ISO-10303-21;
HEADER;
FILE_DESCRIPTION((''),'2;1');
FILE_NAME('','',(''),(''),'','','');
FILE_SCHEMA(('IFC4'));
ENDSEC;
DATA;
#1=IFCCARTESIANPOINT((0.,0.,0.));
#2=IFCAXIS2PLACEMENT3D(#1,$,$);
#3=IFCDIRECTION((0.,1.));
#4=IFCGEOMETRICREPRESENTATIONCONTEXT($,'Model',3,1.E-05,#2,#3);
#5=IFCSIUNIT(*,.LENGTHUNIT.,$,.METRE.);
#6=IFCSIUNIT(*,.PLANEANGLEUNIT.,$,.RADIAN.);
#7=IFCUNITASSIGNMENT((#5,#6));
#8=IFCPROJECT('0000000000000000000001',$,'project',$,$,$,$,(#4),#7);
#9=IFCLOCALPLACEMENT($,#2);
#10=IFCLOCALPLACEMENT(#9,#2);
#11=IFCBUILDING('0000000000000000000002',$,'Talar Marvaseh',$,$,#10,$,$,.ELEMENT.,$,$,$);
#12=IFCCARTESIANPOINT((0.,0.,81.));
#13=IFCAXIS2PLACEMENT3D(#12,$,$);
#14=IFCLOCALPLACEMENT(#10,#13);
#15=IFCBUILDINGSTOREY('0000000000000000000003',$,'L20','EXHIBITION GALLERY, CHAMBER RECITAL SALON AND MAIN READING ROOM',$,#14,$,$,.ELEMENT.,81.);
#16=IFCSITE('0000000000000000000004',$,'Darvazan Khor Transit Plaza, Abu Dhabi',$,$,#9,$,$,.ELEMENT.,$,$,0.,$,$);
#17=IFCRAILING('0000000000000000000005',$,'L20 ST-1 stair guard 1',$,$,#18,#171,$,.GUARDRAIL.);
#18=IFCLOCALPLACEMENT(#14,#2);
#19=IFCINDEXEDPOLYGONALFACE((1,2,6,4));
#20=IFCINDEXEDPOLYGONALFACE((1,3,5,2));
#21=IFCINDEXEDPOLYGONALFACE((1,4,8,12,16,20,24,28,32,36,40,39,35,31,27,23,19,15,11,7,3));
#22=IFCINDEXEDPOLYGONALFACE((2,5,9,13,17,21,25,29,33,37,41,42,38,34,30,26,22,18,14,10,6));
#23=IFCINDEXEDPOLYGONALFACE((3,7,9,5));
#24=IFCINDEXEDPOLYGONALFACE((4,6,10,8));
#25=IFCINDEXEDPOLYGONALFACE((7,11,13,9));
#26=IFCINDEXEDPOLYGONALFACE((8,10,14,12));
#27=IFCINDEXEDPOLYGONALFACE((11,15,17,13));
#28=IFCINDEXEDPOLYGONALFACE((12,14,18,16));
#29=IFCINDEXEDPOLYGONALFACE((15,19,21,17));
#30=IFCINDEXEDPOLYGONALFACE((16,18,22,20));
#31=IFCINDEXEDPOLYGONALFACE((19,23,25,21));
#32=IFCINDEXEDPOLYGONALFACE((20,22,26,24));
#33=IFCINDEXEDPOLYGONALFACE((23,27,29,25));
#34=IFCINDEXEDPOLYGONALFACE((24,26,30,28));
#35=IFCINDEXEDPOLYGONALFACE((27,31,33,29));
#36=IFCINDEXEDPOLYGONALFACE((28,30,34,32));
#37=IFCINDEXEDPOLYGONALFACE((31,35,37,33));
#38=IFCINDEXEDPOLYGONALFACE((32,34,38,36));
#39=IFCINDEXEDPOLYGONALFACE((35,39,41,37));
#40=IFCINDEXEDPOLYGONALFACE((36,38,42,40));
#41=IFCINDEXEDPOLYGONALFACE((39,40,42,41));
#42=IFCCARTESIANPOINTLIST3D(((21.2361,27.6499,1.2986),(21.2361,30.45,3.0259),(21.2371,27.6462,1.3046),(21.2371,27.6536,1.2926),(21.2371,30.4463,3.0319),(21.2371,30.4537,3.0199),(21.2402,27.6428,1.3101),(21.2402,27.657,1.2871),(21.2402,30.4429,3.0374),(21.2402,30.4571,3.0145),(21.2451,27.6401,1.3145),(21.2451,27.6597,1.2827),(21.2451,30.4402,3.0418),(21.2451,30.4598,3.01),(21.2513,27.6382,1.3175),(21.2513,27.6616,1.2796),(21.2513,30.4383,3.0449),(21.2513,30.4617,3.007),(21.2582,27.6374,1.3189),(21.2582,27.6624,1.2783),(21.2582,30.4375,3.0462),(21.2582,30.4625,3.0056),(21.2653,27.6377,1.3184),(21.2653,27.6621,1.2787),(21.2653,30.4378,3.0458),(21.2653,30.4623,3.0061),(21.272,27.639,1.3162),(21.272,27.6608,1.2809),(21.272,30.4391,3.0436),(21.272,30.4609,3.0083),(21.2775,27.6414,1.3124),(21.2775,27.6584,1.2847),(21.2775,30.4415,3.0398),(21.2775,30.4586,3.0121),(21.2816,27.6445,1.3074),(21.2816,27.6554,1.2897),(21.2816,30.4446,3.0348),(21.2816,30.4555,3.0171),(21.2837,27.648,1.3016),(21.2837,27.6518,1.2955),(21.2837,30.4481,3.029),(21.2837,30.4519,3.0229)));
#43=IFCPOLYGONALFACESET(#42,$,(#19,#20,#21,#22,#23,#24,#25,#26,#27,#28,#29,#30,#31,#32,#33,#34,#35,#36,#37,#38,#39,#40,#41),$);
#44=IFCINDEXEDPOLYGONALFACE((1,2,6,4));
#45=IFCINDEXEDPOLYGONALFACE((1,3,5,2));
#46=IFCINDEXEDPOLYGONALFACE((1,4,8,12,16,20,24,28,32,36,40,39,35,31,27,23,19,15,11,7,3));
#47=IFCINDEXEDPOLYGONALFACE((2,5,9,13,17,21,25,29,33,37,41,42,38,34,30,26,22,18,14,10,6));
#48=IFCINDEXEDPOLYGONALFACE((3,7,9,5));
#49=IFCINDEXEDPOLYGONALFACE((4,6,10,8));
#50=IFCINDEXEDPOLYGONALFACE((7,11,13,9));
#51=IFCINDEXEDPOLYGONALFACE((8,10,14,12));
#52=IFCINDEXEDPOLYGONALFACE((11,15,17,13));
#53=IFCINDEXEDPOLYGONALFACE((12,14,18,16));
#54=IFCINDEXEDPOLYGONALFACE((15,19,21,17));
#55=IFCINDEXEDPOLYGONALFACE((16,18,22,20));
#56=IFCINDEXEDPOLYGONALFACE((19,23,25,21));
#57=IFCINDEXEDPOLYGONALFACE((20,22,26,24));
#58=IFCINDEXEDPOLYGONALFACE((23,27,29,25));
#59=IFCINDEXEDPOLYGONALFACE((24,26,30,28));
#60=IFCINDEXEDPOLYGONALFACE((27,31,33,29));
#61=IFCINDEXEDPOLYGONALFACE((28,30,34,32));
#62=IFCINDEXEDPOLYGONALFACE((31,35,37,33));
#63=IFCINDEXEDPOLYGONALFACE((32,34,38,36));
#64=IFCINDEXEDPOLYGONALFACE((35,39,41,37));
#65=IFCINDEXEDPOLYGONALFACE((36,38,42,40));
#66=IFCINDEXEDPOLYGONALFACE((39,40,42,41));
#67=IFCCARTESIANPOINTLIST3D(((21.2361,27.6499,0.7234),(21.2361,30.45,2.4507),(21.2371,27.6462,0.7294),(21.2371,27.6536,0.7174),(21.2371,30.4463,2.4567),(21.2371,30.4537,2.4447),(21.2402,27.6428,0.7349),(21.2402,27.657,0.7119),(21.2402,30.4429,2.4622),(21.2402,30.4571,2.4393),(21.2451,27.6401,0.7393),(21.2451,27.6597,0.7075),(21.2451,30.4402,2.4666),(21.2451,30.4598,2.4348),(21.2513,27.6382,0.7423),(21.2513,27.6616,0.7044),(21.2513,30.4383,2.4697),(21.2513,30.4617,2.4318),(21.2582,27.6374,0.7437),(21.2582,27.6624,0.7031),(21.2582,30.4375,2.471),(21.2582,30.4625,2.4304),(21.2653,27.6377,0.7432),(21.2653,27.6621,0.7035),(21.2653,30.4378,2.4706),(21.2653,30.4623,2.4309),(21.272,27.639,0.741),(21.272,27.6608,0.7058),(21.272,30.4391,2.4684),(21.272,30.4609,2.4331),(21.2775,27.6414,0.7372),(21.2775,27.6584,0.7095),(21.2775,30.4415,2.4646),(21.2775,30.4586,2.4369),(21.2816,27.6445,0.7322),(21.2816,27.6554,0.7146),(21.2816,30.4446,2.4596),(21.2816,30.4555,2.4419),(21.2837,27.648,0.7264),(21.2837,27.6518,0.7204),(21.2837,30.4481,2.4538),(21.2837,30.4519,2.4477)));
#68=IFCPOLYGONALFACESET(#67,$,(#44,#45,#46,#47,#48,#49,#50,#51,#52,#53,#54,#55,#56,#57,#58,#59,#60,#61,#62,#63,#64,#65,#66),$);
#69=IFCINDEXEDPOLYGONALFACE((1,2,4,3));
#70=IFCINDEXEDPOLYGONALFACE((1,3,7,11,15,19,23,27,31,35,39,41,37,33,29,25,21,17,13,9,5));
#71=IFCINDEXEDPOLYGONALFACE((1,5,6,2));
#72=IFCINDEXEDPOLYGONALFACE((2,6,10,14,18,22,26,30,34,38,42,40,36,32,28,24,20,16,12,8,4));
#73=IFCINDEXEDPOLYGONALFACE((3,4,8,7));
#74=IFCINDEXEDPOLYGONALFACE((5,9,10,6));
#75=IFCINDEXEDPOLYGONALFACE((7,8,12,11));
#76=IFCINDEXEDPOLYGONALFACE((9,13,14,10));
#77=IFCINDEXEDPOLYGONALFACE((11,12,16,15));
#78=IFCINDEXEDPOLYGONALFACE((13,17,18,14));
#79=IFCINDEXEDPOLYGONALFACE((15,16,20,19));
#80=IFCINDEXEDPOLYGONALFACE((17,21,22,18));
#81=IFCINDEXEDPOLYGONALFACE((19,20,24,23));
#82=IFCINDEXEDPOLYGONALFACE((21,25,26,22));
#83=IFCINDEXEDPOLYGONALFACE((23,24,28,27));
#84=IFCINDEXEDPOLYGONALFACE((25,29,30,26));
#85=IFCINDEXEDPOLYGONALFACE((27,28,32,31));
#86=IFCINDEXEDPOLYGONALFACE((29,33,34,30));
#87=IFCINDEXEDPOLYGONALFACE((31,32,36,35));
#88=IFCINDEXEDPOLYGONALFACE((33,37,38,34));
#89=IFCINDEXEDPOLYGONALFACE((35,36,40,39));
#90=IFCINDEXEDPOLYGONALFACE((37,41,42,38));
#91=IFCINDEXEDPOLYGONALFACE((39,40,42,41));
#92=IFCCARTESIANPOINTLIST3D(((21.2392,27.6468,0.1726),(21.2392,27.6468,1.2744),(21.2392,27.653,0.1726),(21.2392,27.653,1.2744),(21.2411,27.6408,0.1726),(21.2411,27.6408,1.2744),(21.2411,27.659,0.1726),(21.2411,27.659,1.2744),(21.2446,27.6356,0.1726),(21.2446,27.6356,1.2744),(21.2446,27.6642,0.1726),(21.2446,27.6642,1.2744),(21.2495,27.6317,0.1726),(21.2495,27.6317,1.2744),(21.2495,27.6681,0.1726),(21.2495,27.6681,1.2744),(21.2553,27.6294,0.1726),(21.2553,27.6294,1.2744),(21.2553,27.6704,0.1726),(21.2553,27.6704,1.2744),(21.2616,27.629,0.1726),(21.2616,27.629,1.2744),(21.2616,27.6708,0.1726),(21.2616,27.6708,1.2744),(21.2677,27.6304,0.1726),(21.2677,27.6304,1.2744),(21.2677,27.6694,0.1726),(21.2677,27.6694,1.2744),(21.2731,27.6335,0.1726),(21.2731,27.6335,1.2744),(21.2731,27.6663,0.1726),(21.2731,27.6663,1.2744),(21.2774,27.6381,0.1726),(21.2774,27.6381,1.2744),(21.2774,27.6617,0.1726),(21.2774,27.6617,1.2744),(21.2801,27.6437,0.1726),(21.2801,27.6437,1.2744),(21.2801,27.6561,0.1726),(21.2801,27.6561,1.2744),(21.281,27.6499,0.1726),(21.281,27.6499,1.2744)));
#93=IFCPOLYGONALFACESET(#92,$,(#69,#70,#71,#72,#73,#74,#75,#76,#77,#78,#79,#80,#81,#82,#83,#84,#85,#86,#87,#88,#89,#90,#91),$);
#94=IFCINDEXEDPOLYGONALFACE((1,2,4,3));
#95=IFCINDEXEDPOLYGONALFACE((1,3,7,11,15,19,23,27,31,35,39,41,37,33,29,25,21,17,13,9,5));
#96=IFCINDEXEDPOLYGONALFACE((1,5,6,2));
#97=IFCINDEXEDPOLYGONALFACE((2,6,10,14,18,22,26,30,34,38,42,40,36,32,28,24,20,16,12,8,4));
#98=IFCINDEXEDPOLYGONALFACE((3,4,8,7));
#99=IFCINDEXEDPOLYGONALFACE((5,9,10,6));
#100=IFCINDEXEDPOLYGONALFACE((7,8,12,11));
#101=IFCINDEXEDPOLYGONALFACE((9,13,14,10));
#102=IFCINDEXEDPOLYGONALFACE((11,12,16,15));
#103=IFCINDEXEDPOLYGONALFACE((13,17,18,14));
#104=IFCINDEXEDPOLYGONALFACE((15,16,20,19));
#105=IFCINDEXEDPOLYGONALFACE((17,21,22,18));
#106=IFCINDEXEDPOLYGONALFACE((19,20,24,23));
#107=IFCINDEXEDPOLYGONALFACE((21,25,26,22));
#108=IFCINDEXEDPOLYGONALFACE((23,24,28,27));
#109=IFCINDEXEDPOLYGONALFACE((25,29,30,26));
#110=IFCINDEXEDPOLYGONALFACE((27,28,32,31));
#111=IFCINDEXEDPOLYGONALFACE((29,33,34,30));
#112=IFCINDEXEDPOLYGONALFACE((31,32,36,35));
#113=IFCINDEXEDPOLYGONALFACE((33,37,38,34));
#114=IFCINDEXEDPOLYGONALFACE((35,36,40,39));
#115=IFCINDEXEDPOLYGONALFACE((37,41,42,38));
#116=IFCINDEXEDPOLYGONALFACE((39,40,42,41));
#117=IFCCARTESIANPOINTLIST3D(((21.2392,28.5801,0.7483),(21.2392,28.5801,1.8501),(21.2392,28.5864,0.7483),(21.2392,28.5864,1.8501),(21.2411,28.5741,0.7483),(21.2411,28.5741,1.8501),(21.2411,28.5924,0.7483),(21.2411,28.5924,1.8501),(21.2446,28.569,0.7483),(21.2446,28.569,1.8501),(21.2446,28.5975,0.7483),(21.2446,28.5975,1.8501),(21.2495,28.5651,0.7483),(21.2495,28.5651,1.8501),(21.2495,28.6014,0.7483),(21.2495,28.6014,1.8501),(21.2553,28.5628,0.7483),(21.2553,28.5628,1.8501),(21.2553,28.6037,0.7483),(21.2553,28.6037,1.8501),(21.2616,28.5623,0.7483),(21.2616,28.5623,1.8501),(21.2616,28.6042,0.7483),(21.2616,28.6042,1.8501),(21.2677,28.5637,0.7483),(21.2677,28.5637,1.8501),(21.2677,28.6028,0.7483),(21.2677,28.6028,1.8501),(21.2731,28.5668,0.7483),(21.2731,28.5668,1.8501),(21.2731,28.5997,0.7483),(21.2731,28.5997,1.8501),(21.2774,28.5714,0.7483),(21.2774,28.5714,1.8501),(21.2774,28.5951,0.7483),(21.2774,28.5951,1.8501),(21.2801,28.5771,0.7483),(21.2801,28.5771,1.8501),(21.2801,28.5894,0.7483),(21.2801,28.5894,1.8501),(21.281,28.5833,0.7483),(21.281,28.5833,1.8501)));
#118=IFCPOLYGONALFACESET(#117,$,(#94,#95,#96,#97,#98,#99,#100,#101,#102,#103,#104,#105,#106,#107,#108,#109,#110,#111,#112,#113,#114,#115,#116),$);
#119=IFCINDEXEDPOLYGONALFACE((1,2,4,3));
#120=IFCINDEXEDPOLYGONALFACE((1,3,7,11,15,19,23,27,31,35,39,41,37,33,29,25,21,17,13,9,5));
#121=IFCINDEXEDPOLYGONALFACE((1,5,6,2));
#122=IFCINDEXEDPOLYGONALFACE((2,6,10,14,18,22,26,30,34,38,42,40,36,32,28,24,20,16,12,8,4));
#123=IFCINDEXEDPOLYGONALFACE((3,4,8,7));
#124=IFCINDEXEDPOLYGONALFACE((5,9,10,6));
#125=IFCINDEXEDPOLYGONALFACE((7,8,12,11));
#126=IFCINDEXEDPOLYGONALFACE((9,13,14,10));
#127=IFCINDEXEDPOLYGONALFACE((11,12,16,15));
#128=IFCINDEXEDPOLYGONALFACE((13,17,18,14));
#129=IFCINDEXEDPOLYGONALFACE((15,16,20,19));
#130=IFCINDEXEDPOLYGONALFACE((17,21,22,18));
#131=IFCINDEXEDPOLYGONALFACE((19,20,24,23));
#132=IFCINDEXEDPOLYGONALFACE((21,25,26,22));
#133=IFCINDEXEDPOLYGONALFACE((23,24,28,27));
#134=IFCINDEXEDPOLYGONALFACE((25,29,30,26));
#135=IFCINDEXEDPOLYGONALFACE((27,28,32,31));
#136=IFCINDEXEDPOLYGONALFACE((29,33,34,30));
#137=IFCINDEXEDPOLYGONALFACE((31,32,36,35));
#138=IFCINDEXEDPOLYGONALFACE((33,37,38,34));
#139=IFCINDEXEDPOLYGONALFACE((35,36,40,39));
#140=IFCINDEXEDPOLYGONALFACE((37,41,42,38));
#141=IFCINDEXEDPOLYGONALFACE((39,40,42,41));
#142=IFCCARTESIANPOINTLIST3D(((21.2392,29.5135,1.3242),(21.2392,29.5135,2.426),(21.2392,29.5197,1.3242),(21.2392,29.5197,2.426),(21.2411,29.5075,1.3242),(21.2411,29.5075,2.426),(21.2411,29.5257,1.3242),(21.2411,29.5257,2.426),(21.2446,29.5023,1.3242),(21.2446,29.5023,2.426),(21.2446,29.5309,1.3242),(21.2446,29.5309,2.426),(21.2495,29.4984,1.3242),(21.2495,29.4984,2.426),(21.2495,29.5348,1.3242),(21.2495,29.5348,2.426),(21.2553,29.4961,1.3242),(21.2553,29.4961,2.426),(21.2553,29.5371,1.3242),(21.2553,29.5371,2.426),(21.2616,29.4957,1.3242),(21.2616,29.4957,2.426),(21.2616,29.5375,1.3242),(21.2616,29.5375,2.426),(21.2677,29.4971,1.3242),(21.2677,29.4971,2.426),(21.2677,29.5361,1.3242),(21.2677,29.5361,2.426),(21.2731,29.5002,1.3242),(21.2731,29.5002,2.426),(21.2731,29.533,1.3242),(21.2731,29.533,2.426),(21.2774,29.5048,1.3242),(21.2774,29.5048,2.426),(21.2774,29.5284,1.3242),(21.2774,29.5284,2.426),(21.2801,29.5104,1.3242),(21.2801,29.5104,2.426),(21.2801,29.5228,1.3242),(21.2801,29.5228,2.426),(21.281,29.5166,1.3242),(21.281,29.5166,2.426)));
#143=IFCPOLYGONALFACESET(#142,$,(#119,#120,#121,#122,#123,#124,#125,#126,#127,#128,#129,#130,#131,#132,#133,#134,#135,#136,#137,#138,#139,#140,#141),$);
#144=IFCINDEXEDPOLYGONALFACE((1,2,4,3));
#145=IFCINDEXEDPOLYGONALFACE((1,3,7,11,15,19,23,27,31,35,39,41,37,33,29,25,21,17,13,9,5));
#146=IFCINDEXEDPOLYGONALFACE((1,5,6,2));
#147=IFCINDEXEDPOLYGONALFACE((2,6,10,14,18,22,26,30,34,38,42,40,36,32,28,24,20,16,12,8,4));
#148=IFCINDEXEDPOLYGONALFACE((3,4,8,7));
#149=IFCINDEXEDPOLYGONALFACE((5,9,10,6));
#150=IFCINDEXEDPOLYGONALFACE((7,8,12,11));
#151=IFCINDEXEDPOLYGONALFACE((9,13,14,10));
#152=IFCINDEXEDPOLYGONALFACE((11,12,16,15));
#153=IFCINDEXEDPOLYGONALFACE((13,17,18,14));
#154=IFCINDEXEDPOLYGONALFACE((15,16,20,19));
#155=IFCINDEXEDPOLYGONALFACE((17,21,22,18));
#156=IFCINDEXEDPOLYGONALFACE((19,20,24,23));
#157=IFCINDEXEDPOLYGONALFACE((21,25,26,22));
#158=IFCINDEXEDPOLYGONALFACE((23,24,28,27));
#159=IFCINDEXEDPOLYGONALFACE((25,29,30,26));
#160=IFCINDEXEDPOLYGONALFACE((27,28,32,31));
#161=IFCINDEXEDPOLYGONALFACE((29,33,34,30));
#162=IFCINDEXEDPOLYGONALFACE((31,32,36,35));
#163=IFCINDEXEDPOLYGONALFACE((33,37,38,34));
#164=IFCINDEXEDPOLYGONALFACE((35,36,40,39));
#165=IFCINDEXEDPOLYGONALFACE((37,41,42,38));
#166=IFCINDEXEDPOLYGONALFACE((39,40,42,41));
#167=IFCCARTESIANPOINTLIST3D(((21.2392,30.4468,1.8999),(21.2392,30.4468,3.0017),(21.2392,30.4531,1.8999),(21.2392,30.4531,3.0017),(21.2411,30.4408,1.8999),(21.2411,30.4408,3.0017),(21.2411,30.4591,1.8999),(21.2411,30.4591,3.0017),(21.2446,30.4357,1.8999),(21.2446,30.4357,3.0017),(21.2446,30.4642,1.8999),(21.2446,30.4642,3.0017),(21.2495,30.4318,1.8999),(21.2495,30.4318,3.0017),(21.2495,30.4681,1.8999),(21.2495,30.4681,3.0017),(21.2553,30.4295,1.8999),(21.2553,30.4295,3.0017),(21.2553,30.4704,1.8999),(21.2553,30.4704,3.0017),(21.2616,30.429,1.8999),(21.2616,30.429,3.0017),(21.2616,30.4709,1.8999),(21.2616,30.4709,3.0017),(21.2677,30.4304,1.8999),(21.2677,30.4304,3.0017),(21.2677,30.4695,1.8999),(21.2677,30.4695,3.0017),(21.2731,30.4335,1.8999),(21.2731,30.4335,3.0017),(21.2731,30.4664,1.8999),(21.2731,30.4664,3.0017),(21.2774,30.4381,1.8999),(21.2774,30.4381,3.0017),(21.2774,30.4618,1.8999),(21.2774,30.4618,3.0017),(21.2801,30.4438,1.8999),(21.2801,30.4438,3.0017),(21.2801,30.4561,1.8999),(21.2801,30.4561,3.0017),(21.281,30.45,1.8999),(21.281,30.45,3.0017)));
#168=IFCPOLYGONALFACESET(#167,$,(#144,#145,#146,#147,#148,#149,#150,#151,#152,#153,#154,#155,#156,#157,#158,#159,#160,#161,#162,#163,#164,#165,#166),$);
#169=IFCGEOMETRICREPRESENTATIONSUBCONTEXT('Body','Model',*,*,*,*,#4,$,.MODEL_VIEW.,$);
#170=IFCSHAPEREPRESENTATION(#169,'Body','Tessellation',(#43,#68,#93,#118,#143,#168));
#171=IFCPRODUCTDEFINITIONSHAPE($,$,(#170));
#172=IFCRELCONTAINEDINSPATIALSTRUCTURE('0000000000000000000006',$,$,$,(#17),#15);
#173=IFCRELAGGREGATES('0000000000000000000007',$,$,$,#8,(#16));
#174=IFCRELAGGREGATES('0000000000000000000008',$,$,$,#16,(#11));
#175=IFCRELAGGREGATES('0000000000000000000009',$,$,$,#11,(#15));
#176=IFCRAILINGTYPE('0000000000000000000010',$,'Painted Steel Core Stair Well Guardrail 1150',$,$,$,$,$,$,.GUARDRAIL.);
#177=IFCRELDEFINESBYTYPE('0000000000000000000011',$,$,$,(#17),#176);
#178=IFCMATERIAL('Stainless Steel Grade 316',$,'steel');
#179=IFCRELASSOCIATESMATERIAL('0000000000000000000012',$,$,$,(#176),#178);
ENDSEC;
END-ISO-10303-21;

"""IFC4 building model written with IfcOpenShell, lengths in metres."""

from ifc_helpers import new_model, si_unit, direction, frame, origin, origin_2d, place, context, subcontext, project, spatial, circle, extrude, material, type_object, element, save


model = new_model("IFC4")

# Units and contexts
model_context = context("Model", 3, precision=1e-05, world=origin(), true_north=direction((0.0, 1.0)))
body_context = subcontext(model_context, "Body", "Model", "MODEL_VIEW")
ifc_project = project(units=[si_unit("LENGTHUNIT", "METRE"), si_unit("PLANEANGLEUNIT", "RADIAN")], contexts=[model_context])

# Site, building, storey
site_placement = place(None, origin())
site = spatial("IfcSite", under=ifc_project, at=site_placement, Name="Darvazan Khor Transit Plaza, Abu Dhabi", CompositionType="ELEMENT", RefElevation=0.0)
building_placement = place(site_placement, origin())
building = spatial("IfcBuilding", under=site, at=building_placement, Name="Talar Marvaseh", CompositionType="ELEMENT")
storey_placement = place(building_placement, frame((0.0, 0.0, 81.0)))
storey = spatial("IfcBuildingStorey", under=building, at=storey_placement, Name="L20", Description="EXHIBITION GALLERY, CHAMBER RECITAL SALON AND MAIN READING ROOM", CompositionType="ELEMENT", Elevation=81.0)

# Railing
ifc_material_1 = material(Name="Stainless Steel Grade 316", Category="steel")
railing_type_1 = type_object("IfcRailingType", Name="Painted Steel Core Stair Well Guardrail 1150", PredefinedType="GUARDRAIL", material=ifc_material_1)
railing_1_placement = place(storey_placement, frame((21.26, 27.6499, 0.1726)))
element("IfcRailing", 1, at=railing_1_placement, inside=storey, type_object=railing_type_1, Name="L20 ST-1 stair guard 1", PredefinedType="GUARDRAIL", context=body_context, shape_type="SweptSolid", body=[
    extrude(circle(Radius=0.0239, at=origin_2d()), frame((0.0, 0.0, 1.126), z_axis=(0.0, 0.85109, 0.52502), x_axis=(-1.0, 0.0, 0.0)), (0.0, 0.0, 1.0), 3.29),
    extrude(circle(Radius=0.0239, at=origin_2d()), frame((0.0, 0.0, 0.5508), z_axis=(0.0, 0.85109, 0.52502), x_axis=(-1.0, 0.0, 0.0)), (0.0, 0.0, 1.0), 3.29),
    extrude(circle(Radius=0.021, at=origin_2d()), origin(), (0.0, 0.0, 1.0), 1.1018),
    extrude(circle(Radius=0.021, at=origin_2d()), frame((0.0, 0.9333, 0.5757)), (0.0, 0.0, 1.0), 1.1018),
    extrude(circle(Radius=0.021, at=origin_2d()), frame((0.0, 1.8667, 1.1516)), (0.0, 0.0, 1.0), 1.1018),
    extrude(circle(Radius=0.021, at=origin_2d()), frame((0.0, 2.8, 1.7273)), (0.0, 0.0, 1.0), 1.1018),
])

save(model, "model.ifc")
